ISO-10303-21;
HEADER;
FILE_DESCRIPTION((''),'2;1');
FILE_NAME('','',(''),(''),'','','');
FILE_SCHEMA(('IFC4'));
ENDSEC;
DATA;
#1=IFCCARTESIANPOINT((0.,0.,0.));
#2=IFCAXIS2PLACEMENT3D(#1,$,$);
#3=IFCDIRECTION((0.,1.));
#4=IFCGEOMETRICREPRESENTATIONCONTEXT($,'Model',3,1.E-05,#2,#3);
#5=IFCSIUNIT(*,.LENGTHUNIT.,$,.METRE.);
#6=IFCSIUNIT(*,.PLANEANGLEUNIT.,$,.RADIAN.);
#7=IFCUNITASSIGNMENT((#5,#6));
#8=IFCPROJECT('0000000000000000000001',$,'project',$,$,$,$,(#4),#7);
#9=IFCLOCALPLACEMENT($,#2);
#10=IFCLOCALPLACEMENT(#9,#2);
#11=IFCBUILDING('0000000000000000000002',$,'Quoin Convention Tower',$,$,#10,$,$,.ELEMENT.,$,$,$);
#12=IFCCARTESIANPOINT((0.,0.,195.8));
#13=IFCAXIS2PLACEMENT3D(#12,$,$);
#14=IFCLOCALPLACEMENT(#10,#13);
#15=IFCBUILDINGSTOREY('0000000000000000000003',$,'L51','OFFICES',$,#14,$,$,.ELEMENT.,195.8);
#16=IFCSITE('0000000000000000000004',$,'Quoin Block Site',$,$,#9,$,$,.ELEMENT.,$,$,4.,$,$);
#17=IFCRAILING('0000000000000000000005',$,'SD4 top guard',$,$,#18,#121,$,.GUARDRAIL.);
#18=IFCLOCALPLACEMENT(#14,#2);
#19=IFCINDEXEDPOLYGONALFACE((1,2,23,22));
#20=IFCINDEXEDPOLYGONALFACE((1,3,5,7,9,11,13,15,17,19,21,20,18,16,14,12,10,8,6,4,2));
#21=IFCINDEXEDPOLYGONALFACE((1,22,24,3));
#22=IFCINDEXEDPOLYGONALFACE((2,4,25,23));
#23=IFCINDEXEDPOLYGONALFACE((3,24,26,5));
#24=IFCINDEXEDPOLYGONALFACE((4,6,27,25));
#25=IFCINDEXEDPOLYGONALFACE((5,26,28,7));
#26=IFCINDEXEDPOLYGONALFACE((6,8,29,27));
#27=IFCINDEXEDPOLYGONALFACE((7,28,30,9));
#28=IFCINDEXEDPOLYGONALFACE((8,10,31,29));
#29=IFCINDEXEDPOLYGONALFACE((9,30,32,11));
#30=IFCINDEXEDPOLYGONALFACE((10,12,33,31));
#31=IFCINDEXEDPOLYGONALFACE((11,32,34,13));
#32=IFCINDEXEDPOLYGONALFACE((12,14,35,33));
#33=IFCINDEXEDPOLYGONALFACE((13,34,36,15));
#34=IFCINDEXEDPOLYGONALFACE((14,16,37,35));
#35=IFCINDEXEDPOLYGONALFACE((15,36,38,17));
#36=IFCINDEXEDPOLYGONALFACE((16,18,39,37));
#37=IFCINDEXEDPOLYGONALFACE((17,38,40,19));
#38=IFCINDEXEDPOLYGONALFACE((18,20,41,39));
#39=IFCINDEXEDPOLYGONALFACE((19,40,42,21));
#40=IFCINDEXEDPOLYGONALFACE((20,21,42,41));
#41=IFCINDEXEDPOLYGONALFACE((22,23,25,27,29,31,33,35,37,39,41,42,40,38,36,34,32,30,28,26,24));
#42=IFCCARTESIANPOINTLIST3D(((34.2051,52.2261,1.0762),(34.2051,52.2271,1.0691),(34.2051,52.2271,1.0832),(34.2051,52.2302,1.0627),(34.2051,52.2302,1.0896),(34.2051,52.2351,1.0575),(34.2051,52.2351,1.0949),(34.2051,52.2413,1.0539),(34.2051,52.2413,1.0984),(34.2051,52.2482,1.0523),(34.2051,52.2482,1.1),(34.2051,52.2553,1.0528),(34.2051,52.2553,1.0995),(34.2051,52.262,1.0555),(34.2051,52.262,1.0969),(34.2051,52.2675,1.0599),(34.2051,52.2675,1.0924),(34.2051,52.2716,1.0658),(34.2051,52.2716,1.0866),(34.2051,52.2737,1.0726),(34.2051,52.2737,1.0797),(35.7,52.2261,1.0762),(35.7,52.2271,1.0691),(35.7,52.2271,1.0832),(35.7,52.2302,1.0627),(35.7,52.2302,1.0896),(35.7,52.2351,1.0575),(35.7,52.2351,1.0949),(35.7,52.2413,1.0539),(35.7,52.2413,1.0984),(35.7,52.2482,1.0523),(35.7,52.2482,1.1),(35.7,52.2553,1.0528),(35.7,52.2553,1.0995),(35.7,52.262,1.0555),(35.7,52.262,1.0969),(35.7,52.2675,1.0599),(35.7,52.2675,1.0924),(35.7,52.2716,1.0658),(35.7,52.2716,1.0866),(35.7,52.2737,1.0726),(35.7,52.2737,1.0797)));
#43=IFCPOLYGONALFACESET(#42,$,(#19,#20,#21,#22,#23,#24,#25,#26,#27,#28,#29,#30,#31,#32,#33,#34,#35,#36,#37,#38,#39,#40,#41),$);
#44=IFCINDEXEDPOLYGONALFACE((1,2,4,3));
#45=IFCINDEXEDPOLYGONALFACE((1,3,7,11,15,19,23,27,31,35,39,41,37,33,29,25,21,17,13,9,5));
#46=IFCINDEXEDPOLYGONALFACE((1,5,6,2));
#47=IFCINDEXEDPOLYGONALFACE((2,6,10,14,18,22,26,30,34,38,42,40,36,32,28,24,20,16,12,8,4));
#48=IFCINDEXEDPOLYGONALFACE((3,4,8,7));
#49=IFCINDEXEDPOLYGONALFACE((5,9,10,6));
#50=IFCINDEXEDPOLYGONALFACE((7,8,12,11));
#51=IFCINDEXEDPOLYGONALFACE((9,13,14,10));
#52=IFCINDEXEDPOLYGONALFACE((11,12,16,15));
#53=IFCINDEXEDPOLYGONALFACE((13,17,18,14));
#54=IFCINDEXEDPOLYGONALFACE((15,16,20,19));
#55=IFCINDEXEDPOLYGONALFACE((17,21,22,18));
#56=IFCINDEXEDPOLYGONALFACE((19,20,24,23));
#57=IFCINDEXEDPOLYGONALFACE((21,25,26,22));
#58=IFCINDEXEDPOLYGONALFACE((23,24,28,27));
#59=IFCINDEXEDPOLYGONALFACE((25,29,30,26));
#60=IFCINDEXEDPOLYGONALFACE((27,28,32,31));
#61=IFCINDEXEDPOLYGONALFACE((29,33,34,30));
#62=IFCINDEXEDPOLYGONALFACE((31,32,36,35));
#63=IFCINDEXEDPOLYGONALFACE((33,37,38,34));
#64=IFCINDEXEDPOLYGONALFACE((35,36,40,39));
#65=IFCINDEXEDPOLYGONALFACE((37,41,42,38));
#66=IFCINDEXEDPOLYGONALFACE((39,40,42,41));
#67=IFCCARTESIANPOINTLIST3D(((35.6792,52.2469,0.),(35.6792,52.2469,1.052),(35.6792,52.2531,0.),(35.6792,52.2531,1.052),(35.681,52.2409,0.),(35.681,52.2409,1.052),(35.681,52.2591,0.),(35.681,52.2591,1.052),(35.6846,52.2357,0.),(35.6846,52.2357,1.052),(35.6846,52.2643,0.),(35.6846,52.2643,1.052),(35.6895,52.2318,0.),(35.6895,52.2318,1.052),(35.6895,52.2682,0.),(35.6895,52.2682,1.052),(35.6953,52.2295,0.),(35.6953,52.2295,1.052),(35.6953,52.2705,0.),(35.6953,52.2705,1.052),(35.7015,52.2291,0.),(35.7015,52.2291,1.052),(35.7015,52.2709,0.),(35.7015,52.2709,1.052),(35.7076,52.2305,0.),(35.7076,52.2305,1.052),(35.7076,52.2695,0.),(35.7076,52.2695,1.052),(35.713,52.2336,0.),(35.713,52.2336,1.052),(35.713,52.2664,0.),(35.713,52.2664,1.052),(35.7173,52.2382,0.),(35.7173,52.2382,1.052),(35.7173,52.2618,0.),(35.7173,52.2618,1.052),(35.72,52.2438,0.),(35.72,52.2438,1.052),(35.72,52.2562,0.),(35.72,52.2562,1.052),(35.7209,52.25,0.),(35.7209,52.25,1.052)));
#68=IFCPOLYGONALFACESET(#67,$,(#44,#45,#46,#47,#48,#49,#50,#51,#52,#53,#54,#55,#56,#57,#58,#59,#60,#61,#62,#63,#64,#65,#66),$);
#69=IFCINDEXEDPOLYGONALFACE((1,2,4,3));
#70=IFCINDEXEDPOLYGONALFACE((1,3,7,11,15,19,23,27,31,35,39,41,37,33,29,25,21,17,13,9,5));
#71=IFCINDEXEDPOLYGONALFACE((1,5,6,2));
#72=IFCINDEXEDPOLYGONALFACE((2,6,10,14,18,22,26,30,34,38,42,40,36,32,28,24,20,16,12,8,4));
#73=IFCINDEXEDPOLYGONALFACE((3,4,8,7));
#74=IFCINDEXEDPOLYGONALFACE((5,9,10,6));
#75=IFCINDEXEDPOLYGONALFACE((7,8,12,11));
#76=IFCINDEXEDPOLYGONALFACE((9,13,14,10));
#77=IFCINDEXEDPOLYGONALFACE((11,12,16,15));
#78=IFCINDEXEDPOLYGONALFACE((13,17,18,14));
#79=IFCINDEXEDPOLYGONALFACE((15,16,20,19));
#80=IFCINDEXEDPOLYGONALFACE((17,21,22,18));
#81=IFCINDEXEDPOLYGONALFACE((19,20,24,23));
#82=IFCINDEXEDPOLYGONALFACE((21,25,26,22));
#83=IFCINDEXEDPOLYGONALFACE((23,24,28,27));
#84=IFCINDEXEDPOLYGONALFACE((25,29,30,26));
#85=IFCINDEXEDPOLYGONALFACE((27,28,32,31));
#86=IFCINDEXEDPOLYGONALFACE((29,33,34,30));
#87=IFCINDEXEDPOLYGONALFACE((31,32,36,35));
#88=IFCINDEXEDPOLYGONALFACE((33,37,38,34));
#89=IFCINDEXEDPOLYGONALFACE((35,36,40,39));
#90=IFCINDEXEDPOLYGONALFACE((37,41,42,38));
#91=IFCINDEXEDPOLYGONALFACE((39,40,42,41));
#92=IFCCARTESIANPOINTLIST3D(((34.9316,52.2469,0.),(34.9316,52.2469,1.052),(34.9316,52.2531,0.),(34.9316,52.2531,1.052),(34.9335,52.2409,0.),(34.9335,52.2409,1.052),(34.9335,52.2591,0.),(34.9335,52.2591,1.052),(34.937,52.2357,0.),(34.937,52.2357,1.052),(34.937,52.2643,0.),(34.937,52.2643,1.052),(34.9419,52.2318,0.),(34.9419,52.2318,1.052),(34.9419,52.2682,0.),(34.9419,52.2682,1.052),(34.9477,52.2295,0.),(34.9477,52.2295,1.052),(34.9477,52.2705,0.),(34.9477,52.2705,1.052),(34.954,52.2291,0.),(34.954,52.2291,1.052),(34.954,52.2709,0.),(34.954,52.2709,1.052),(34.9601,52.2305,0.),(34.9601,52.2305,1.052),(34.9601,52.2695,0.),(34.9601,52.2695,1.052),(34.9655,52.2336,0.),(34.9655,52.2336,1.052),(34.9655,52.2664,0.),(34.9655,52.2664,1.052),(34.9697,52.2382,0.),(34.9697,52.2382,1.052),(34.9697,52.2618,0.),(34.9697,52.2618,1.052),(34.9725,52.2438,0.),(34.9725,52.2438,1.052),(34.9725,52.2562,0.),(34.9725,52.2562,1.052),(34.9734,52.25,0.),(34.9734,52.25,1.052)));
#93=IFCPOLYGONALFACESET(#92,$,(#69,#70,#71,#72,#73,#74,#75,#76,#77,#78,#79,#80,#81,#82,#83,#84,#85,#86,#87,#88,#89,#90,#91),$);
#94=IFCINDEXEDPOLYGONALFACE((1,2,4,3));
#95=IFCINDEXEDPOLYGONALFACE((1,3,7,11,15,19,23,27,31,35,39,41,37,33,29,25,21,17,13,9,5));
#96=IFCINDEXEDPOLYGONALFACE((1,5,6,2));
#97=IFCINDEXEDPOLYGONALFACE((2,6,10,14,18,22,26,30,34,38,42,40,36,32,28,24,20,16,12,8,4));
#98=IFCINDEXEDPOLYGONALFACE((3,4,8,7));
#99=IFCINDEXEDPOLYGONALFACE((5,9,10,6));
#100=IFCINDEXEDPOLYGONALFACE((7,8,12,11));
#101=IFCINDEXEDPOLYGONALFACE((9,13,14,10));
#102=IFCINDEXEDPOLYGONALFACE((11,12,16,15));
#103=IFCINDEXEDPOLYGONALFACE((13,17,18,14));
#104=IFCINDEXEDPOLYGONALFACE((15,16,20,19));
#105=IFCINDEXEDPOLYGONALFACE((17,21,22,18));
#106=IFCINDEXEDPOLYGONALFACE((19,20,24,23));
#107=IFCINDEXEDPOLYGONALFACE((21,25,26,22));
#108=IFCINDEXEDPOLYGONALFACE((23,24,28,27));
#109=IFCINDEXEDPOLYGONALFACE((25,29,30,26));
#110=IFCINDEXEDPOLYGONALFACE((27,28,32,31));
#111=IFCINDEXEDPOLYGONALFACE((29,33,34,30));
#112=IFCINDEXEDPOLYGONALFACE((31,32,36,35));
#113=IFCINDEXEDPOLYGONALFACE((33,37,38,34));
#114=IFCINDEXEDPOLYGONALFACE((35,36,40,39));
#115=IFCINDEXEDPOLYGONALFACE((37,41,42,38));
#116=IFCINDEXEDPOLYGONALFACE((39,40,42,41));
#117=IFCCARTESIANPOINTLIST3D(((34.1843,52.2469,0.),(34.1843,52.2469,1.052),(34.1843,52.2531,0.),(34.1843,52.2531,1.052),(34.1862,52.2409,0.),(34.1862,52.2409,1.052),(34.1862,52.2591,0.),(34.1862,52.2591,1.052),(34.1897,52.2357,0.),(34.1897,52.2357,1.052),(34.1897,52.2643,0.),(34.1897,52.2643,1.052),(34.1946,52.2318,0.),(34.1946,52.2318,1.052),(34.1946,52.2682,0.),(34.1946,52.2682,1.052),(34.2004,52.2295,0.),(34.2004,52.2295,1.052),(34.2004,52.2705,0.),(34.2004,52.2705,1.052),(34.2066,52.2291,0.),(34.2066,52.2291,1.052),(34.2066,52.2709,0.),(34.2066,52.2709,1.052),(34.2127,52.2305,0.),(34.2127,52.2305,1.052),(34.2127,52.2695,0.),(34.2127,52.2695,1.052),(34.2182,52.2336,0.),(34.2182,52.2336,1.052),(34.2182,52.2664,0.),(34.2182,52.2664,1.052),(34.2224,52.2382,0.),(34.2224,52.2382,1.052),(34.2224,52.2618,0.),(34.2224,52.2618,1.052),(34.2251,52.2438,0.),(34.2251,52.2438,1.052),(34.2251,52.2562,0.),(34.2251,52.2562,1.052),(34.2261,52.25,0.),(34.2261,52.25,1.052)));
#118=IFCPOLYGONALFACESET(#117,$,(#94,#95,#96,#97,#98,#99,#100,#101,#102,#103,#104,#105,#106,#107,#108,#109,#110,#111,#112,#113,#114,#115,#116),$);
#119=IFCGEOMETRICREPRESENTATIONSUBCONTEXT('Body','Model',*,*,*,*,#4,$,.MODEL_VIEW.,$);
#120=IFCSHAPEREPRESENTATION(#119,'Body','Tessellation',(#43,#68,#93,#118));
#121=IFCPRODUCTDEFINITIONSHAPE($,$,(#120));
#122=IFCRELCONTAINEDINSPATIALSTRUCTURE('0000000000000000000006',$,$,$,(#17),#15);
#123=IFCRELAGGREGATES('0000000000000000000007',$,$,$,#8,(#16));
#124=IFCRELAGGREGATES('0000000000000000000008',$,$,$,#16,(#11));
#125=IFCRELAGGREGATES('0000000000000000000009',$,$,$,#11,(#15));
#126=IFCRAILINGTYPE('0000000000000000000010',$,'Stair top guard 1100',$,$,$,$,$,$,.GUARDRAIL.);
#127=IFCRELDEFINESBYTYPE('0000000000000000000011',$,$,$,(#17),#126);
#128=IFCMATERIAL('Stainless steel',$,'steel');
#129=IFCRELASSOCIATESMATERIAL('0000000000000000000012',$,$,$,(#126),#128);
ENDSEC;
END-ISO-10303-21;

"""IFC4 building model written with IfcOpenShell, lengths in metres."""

from ifc_helpers import new_model, si_unit, direction, frame, origin, origin_2d, place, context, subcontext, project, spatial, circle, extrude, material, type_object, element, save


model = new_model("IFC4")

# Units and contexts
model_context = context("Model", 3, precision=1e-05, world=origin(), true_north=direction((0.0, 1.0)))
body_context = subcontext(model_context, "Body", "Model", "MODEL_VIEW")
ifc_project = project(units=[si_unit("LENGTHUNIT", "METRE"), si_unit("PLANEANGLEUNIT", "RADIAN")], contexts=[model_context])

# Site, building, storey
site_placement = place(None, origin())
site = spatial("IfcSite", under=ifc_project, at=site_placement, Name="Quoin Block Site", CompositionType="ELEMENT", RefElevation=4.0)
building_placement = place(site_placement, origin())
building = spatial("IfcBuilding", under=site, at=building_placement, Name="Quoin Convention Tower", CompositionType="ELEMENT")
storey_placement = place(building_placement, frame((0.0, 0.0, 195.8)))
storey = spatial("IfcBuildingStorey", under=building, at=storey_placement, Name="L51", Description="OFFICES", CompositionType="ELEMENT", Elevation=195.8)

# Railing
ifc_material_1 = material(Name="Stainless steel", Category="steel")
railing_type_1 = type_object("IfcRailingType", Name="Stair top guard 1100", PredefinedType="GUARDRAIL", material=ifc_material_1)
railing_1_placement = place(storey_placement, frame((35.7, 52.25, 0.0)))
element("IfcRailing", 1, at=railing_1_placement, inside=storey, type_object=railing_type_1, Name="SD4 top guard", PredefinedType="GUARDRAIL", context=body_context, shape_type="SweptSolid", body=[
    extrude(circle(Radius=0.0239, at=origin_2d()), frame((0.0, 0.0, 1.0762), z_axis=(-1.0, 0.0, 0.0), x_axis=(0.0, -1.0, 0.0)), (0.0, 0.0, 1.0), 1.4949),
    extrude(circle(Radius=0.021, at=origin_2d()), origin(), (0.0, 0.0, 1.0), 1.052),
    extrude(circle(Radius=0.021, at=origin_2d()), frame((-0.7476, 0.0, 0.0)), (0.0, 0.0, 1.0), 1.052),
    extrude(circle(Radius=0.021, at=origin_2d()), frame((-1.4949, 0.0, 0.0)), (0.0, 0.0, 1.0), 1.052),
])

save(model, "model.ifc")
